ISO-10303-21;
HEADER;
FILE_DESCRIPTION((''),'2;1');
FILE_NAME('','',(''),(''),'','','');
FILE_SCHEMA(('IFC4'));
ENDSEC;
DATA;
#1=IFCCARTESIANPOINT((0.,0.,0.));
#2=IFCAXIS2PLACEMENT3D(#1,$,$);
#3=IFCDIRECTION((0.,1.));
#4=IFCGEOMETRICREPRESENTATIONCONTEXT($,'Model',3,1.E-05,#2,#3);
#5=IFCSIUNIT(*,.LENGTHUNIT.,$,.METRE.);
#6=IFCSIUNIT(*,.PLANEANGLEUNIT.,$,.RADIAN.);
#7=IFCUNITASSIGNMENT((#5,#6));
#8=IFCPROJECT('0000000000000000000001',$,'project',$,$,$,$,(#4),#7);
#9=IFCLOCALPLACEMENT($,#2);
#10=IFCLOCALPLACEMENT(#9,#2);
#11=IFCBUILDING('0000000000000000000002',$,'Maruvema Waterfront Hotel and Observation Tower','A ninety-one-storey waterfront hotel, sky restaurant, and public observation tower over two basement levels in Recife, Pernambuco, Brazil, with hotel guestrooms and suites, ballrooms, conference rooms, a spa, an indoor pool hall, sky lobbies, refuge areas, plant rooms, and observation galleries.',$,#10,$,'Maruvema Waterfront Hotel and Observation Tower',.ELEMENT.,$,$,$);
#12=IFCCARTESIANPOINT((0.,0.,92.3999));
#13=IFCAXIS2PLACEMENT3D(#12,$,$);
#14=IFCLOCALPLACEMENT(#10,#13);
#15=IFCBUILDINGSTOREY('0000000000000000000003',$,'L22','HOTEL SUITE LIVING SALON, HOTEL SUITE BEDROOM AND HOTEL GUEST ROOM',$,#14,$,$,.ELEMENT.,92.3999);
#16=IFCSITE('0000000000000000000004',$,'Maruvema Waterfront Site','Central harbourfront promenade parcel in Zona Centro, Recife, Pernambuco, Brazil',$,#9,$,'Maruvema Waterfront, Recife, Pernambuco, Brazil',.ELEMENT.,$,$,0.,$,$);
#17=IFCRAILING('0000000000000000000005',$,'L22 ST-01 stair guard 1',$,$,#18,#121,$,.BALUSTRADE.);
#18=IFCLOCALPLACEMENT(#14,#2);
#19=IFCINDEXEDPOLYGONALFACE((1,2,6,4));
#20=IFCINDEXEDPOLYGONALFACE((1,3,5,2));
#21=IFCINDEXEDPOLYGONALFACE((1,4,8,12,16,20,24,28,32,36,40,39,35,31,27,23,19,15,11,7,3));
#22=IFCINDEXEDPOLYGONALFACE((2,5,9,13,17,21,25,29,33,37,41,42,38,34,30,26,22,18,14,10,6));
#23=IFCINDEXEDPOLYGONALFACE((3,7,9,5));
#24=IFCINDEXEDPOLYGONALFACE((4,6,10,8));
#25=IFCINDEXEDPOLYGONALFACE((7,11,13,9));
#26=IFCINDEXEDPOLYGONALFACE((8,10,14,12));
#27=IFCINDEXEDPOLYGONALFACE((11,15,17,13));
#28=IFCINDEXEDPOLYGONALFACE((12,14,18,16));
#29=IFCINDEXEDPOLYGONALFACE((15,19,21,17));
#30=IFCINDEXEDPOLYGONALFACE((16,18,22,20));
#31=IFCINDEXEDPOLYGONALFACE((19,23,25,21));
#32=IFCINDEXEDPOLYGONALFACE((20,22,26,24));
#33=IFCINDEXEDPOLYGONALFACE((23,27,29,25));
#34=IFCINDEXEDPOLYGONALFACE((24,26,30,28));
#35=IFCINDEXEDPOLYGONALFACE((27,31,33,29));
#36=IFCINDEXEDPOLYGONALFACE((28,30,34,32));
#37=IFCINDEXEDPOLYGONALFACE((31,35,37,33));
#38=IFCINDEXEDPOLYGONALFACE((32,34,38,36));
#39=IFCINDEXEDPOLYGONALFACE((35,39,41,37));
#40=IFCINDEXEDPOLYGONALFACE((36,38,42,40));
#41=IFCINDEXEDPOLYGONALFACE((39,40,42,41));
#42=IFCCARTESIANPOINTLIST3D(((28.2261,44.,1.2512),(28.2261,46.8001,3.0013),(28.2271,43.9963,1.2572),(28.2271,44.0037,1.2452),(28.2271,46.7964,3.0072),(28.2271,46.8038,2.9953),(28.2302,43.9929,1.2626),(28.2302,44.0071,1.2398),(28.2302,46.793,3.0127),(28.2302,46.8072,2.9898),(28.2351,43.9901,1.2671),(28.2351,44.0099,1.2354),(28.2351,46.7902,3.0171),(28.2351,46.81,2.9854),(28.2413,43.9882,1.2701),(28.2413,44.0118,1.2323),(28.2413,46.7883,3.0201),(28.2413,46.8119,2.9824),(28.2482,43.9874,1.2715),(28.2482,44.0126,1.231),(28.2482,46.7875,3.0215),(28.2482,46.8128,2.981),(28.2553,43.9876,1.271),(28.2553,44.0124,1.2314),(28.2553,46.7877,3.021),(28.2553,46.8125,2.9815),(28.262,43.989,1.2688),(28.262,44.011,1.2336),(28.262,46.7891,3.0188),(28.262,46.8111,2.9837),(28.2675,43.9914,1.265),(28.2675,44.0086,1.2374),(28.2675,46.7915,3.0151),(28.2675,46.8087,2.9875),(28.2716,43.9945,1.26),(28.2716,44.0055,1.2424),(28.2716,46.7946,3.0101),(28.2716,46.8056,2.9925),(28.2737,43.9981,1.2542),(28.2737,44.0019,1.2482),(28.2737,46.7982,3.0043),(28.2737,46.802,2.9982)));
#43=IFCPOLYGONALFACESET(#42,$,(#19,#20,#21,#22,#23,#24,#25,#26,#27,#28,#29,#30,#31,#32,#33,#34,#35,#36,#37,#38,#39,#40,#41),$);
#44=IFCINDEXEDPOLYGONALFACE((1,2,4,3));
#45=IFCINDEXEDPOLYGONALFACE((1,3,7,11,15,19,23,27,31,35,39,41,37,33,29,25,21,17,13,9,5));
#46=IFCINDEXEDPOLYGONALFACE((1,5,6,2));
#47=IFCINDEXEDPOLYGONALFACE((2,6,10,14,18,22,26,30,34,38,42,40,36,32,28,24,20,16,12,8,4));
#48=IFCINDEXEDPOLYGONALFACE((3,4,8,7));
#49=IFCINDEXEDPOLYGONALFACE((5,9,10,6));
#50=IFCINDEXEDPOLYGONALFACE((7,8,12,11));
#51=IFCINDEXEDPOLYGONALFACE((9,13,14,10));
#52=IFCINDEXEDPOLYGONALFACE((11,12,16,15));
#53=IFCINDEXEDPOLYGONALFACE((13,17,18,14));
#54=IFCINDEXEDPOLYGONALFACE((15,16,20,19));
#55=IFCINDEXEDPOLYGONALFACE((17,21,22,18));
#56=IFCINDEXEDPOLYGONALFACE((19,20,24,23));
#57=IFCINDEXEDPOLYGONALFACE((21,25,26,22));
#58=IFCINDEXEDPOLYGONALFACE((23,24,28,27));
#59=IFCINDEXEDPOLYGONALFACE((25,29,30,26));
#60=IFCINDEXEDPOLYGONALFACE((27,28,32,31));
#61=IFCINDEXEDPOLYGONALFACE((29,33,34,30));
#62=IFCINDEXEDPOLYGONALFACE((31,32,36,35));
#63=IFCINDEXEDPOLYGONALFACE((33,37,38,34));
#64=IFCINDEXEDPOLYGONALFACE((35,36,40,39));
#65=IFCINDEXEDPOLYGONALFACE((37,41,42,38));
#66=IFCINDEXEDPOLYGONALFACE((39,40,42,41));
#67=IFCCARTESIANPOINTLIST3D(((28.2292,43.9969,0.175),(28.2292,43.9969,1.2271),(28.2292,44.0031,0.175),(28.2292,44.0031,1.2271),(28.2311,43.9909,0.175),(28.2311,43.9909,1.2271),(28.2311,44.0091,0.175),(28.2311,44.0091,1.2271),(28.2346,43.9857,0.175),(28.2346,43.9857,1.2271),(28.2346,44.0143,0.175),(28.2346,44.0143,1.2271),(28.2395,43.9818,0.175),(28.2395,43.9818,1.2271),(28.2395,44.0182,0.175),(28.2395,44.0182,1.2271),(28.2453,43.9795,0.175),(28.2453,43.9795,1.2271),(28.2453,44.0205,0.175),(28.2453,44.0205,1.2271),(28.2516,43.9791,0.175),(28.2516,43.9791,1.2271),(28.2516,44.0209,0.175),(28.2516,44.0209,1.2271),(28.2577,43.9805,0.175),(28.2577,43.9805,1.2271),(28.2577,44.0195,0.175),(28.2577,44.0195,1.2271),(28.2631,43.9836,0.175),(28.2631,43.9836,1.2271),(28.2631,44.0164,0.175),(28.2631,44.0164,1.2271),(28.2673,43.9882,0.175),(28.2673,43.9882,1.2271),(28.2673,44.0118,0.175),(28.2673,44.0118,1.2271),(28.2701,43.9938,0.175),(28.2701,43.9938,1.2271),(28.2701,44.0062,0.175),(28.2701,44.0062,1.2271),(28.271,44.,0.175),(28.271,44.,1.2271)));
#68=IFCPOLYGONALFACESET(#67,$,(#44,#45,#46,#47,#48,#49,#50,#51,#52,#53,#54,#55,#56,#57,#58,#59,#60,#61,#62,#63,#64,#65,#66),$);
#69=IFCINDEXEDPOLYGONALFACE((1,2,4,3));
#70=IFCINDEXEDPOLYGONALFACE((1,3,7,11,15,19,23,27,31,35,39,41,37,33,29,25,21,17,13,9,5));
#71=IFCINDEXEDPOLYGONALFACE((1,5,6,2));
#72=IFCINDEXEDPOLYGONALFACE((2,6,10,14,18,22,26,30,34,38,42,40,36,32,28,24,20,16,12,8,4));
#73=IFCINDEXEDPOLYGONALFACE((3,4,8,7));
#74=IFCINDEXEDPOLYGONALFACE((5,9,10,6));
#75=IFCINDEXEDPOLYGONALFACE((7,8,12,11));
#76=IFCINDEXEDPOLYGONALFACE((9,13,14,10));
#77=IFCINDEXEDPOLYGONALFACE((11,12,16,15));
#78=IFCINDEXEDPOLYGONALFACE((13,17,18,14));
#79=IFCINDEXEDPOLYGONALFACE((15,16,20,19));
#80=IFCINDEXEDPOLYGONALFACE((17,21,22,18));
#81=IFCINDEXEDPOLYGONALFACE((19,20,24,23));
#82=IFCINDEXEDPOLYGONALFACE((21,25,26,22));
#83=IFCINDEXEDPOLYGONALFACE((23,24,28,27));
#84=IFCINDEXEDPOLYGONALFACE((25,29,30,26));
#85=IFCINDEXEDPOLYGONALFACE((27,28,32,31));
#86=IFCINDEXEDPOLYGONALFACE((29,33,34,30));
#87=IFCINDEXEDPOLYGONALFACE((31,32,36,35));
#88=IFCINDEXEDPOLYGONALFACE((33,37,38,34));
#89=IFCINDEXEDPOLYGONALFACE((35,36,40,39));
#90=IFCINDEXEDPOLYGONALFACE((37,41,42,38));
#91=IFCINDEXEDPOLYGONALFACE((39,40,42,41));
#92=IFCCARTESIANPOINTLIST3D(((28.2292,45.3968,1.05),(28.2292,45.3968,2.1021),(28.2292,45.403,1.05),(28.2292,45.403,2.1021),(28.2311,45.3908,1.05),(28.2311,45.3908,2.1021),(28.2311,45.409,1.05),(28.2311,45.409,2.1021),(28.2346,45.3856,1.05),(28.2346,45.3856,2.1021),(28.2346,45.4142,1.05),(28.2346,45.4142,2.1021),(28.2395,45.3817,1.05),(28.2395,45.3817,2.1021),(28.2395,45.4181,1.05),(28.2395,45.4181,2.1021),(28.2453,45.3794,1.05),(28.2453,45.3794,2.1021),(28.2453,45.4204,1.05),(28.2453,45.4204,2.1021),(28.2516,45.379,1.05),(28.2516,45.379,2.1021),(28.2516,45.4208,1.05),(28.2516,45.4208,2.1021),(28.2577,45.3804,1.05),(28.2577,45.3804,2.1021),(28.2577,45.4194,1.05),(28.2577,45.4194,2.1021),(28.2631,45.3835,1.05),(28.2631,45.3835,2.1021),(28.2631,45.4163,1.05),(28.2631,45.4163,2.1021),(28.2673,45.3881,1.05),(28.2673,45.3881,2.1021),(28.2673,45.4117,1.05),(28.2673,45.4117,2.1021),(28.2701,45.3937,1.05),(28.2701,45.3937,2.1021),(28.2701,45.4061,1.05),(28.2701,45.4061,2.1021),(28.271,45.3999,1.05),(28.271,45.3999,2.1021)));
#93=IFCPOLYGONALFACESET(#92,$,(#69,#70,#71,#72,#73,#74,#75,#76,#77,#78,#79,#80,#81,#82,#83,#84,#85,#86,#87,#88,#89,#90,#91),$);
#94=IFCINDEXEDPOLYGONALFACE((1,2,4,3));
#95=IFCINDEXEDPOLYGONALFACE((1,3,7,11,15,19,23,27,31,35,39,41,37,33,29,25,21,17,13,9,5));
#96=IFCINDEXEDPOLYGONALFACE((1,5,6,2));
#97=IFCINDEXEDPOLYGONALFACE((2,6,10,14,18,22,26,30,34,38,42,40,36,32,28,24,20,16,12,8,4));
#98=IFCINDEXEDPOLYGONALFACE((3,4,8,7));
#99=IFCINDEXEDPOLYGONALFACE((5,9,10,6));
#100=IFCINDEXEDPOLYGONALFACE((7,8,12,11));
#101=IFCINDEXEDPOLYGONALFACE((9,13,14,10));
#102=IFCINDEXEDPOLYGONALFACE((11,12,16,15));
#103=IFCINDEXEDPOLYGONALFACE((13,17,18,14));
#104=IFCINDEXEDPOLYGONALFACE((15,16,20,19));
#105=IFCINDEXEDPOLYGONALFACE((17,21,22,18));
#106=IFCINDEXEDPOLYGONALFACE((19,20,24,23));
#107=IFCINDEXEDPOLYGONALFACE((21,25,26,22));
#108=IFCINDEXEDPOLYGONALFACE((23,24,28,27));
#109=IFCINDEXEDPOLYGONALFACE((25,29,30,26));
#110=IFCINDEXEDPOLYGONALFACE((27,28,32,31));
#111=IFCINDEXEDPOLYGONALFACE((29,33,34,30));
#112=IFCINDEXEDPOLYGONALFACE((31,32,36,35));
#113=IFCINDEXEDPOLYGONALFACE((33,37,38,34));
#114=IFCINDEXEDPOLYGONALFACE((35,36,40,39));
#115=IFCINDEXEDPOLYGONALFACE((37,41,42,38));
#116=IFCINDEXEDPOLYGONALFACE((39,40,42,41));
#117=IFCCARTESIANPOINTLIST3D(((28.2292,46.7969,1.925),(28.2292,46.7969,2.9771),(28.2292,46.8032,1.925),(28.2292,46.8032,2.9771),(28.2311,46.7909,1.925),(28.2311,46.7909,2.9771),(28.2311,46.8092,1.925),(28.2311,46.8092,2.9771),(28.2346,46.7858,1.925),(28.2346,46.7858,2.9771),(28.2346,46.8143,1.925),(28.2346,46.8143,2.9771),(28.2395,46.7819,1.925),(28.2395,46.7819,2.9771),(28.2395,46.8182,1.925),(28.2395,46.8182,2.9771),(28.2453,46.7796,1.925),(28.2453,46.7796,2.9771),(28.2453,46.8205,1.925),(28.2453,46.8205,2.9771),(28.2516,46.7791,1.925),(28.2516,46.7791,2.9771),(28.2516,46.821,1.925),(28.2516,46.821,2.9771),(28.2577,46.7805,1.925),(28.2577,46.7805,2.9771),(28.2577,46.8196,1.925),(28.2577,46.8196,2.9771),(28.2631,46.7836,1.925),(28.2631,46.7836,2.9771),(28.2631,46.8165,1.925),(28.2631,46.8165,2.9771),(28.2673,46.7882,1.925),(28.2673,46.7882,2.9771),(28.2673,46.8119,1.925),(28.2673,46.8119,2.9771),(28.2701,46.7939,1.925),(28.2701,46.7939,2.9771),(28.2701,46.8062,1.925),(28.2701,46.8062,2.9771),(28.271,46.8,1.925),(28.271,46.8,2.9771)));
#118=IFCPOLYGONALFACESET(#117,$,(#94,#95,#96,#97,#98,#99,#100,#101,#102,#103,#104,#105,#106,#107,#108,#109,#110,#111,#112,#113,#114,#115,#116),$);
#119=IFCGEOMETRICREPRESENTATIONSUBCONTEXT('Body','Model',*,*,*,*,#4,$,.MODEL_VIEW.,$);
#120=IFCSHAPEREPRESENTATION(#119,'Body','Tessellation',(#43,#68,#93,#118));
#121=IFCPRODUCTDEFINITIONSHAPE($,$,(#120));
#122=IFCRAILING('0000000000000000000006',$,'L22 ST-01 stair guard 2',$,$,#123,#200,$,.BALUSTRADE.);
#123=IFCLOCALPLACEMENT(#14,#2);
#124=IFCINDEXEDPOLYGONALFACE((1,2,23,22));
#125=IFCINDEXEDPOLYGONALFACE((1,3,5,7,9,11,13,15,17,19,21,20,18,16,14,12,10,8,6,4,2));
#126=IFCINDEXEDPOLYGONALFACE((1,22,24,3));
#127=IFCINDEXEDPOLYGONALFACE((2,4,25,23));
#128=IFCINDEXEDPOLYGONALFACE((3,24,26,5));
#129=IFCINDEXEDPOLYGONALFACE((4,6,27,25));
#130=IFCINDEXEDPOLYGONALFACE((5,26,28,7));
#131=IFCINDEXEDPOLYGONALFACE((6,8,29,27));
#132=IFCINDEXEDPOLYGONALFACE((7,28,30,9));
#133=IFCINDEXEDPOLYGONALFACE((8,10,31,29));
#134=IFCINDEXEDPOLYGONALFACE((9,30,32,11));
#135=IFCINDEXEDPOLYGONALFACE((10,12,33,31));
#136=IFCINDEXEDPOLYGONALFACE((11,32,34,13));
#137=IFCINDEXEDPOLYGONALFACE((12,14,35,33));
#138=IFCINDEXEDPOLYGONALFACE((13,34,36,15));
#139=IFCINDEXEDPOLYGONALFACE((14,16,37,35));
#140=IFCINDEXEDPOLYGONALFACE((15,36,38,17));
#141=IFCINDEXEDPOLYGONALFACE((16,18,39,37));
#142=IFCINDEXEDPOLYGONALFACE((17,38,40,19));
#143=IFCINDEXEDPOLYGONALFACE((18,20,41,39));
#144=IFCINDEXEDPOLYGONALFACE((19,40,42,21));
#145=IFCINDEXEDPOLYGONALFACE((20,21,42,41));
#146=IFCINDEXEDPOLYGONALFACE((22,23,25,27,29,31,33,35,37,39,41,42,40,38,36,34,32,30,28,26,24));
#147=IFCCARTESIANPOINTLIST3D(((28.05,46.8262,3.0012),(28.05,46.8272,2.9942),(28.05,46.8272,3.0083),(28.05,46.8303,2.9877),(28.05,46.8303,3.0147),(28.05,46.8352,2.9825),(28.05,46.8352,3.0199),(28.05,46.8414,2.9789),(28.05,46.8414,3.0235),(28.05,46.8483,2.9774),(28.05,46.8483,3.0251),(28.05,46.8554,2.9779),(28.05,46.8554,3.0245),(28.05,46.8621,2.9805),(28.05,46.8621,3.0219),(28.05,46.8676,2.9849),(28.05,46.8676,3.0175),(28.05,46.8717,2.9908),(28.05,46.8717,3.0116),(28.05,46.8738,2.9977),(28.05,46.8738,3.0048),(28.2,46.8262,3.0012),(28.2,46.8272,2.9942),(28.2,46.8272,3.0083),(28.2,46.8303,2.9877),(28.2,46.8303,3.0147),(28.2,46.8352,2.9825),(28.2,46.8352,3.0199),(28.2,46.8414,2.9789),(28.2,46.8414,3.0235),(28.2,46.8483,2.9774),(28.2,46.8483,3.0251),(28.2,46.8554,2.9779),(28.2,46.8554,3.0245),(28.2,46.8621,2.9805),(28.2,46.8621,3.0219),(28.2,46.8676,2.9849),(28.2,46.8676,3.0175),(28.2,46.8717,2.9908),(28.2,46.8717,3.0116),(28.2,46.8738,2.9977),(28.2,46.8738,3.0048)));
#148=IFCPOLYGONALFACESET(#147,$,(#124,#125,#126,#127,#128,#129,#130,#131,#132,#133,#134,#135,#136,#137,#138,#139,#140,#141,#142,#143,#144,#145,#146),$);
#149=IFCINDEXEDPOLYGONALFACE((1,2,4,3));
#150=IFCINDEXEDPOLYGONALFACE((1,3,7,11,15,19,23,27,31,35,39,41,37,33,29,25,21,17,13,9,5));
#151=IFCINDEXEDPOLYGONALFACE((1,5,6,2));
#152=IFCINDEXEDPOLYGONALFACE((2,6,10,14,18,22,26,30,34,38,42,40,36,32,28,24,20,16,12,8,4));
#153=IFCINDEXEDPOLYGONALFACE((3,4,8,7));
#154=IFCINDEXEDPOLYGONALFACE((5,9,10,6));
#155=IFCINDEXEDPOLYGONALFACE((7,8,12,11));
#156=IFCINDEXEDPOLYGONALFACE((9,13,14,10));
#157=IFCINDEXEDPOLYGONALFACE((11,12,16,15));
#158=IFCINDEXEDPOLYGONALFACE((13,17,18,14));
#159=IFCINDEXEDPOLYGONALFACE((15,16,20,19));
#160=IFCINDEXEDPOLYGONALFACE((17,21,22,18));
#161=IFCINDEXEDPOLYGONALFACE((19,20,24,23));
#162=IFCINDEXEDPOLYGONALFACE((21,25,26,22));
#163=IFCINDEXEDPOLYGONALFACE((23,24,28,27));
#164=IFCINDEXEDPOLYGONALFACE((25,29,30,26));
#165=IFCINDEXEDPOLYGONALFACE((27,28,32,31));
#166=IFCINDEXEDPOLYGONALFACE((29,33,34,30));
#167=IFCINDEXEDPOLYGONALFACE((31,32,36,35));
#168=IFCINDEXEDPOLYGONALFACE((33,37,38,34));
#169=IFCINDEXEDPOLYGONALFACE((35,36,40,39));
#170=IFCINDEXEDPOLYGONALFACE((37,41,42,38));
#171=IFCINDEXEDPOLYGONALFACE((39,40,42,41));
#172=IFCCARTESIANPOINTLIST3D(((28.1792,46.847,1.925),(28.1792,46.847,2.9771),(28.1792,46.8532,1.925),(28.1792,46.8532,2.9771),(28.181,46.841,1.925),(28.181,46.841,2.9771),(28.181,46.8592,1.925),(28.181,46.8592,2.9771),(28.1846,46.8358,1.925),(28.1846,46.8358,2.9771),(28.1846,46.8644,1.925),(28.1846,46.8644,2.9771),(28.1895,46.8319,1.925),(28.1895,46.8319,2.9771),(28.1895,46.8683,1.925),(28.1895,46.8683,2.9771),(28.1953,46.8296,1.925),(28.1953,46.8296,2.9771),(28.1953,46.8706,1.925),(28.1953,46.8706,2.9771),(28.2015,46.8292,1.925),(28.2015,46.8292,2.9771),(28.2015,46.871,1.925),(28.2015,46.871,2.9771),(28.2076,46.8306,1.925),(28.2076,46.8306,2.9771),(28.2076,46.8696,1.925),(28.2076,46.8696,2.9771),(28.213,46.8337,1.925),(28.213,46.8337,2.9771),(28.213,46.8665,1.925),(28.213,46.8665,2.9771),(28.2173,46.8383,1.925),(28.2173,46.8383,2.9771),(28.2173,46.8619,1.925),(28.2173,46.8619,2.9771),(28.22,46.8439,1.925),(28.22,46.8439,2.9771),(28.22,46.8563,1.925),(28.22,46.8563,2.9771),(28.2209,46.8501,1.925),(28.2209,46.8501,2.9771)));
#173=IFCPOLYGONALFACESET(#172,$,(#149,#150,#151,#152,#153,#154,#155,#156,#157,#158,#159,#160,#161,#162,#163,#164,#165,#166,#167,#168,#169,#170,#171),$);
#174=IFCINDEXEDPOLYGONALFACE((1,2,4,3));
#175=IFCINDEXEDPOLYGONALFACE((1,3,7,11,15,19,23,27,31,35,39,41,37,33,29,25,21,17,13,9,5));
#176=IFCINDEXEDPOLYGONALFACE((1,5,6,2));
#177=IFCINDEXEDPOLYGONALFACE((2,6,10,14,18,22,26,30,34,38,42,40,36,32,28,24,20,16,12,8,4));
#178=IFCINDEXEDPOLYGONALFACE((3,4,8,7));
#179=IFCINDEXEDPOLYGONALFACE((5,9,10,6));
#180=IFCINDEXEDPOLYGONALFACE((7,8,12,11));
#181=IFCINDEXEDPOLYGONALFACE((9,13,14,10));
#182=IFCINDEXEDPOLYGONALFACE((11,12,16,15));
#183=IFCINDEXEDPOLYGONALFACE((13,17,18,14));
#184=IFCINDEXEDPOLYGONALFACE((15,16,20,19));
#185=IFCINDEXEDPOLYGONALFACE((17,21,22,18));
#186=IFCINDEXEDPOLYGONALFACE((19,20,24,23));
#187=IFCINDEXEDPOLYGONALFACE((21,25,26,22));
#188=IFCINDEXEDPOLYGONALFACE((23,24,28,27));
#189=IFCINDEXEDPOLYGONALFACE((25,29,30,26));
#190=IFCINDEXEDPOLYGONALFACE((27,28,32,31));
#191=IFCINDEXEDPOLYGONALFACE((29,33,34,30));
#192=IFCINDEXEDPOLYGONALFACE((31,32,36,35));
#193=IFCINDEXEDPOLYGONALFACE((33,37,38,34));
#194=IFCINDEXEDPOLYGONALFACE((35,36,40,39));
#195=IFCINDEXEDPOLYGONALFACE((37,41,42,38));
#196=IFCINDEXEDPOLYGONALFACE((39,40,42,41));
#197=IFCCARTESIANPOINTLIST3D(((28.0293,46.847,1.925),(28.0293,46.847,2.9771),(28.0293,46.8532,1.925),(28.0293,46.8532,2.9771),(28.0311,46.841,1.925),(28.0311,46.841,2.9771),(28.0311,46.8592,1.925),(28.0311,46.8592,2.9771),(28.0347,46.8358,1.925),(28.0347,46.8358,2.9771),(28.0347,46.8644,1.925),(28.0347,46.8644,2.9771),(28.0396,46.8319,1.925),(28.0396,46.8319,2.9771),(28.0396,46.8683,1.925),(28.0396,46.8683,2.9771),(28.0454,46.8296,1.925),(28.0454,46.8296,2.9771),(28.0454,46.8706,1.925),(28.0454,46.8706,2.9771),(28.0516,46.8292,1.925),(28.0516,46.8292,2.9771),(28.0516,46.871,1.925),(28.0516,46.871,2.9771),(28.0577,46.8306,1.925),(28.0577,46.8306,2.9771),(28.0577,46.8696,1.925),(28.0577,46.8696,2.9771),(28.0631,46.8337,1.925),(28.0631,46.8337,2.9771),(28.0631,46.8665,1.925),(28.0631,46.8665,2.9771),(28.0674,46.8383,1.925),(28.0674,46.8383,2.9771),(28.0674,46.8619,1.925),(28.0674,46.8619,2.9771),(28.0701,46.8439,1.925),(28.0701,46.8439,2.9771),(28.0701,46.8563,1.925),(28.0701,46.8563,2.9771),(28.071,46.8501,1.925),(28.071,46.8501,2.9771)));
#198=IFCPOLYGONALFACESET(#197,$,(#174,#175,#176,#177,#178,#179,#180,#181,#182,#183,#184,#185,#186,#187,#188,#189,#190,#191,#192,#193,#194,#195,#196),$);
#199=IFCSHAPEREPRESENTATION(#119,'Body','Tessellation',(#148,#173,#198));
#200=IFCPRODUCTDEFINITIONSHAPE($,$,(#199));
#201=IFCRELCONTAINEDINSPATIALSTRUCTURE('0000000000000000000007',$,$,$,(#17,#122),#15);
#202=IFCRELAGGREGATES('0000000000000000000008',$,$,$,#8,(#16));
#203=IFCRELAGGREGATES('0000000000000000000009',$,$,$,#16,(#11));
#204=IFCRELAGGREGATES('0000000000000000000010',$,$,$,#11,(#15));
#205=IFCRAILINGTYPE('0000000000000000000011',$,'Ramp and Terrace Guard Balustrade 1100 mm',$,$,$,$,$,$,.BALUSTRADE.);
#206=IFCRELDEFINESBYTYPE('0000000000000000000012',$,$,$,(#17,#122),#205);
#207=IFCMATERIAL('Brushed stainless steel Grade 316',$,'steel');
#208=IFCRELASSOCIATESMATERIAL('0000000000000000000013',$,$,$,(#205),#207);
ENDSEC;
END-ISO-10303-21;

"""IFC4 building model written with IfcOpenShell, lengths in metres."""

from ifc_helpers import new_model, si_unit, direction, frame, origin, origin_2d, place, context, subcontext, project, spatial, circle, extrude, material, type_object, element, save


model = new_model("IFC4")

# Units and contexts
model_context = context("Model", 3, precision=1e-05, world=origin(), true_north=direction((0.0, 1.0)))
body_context = subcontext(model_context, "Body", "Model", "MODEL_VIEW")
ifc_project = project(units=[si_unit("LENGTHUNIT", "METRE"), si_unit("PLANEANGLEUNIT", "RADIAN")], contexts=[model_context])

# Site, building, storey
site_placement = place(None, origin())
site = spatial("IfcSite", under=ifc_project, at=site_placement, Name="Maruvema Waterfront Site", Description="Central harbourfront promenade parcel in Zona Centro, Recife, Pernambuco, Brazil", LongName="Maruvema Waterfront, Recife, Pernambuco, Brazil", CompositionType="ELEMENT", RefElevation=0.0)
building_placement = place(site_placement, origin())
building = spatial("IfcBuilding", under=site, at=building_placement, Name="Maruvema Waterfront Hotel and Observation Tower", Description="A ninety-one-storey waterfront hotel, sky restaurant, and public observation tower over two basement levels in Recife, Pernambuco, Brazil, with hotel guestrooms and suites, ballrooms, conference rooms, a spa, an indoor pool hall, sky lobbies, refuge areas, plant rooms, and observation galleries.", LongName="Maruvema Waterfront Hotel and Observation Tower", CompositionType="ELEMENT")
storey_placement = place(building_placement, frame((0.0, 0.0, 92.3999)))
storey = spatial("IfcBuildingStorey", under=building, at=storey_placement, Name="L22", Description="HOTEL SUITE LIVING SALON, HOTEL SUITE BEDROOM AND HOTEL GUEST ROOM", CompositionType="ELEMENT", Elevation=92.3999)

# Railings
ifc_material_1 = material(Name="Brushed stainless steel Grade 316", Category="steel")
railing_type_1 = type_object("IfcRailingType", Name="Ramp and Terrace Guard Balustrade 1100 mm", PredefinedType="BALUSTRADE", material=ifc_material_1)
railing_1_placement = place(storey_placement, frame((28.25, 44.0, 0.175)))
element("IfcRailing", 1, at=railing_1_placement, inside=storey, type_object=railing_type_1, Name="L22 ST-01 stair guard 1", PredefinedType="BALUSTRADE", context=body_context, shape_type="SweptSolid", body=[
    extrude(circle(Radius=0.0239, at=origin_2d()), frame((0.0, 0.0, 1.0762), z_axis=(0.0, 0.848002, 0.529992), x_axis=(-1.0, 0.0, 0.0)), (0.0, 0.0, 1.0), 3.302),
    extrude(circle(Radius=0.021, at=origin_2d()), origin(), (0.0, 0.0, 1.0), 1.052),
    extrude(circle(Radius=0.021, at=origin_2d()), frame((0.0, 1.3999, 0.875)), (0.0, 0.0, 1.0), 1.052),
    extrude(circle(Radius=0.021, at=origin_2d()), frame((0.0, 2.8, 1.75)), (0.0, 0.0, 1.0), 1.052),
])
railing_2_placement = place(storey_placement, frame((28.2, 46.8501, 1.925)))
element("IfcRailing", 2, at=railing_2_placement, inside=storey, type_object=railing_type_1, Name="L22 ST-01 stair guard 2", PredefinedType="BALUSTRADE", context=body_context, shape_type="SweptSolid", body=[
    extrude(circle(Radius=0.0239, at=origin_2d()), frame((0.0, 0.0, 1.0762), z_axis=(-1.0, 0.0, 0.0), x_axis=(0.0, -1.0, 0.0)), (0.0, 0.0, 1.0), 0.1499),
    extrude(circle(Radius=0.021, at=origin_2d()), origin(), (0.0, 0.0, 1.0), 1.052),
    extrude(circle(Radius=0.021, at=origin_2d()), frame((-0.1499, 0.0, 0.0)), (0.0, 0.0, 1.0), 1.052),
])

save(model, "model.ifc")
